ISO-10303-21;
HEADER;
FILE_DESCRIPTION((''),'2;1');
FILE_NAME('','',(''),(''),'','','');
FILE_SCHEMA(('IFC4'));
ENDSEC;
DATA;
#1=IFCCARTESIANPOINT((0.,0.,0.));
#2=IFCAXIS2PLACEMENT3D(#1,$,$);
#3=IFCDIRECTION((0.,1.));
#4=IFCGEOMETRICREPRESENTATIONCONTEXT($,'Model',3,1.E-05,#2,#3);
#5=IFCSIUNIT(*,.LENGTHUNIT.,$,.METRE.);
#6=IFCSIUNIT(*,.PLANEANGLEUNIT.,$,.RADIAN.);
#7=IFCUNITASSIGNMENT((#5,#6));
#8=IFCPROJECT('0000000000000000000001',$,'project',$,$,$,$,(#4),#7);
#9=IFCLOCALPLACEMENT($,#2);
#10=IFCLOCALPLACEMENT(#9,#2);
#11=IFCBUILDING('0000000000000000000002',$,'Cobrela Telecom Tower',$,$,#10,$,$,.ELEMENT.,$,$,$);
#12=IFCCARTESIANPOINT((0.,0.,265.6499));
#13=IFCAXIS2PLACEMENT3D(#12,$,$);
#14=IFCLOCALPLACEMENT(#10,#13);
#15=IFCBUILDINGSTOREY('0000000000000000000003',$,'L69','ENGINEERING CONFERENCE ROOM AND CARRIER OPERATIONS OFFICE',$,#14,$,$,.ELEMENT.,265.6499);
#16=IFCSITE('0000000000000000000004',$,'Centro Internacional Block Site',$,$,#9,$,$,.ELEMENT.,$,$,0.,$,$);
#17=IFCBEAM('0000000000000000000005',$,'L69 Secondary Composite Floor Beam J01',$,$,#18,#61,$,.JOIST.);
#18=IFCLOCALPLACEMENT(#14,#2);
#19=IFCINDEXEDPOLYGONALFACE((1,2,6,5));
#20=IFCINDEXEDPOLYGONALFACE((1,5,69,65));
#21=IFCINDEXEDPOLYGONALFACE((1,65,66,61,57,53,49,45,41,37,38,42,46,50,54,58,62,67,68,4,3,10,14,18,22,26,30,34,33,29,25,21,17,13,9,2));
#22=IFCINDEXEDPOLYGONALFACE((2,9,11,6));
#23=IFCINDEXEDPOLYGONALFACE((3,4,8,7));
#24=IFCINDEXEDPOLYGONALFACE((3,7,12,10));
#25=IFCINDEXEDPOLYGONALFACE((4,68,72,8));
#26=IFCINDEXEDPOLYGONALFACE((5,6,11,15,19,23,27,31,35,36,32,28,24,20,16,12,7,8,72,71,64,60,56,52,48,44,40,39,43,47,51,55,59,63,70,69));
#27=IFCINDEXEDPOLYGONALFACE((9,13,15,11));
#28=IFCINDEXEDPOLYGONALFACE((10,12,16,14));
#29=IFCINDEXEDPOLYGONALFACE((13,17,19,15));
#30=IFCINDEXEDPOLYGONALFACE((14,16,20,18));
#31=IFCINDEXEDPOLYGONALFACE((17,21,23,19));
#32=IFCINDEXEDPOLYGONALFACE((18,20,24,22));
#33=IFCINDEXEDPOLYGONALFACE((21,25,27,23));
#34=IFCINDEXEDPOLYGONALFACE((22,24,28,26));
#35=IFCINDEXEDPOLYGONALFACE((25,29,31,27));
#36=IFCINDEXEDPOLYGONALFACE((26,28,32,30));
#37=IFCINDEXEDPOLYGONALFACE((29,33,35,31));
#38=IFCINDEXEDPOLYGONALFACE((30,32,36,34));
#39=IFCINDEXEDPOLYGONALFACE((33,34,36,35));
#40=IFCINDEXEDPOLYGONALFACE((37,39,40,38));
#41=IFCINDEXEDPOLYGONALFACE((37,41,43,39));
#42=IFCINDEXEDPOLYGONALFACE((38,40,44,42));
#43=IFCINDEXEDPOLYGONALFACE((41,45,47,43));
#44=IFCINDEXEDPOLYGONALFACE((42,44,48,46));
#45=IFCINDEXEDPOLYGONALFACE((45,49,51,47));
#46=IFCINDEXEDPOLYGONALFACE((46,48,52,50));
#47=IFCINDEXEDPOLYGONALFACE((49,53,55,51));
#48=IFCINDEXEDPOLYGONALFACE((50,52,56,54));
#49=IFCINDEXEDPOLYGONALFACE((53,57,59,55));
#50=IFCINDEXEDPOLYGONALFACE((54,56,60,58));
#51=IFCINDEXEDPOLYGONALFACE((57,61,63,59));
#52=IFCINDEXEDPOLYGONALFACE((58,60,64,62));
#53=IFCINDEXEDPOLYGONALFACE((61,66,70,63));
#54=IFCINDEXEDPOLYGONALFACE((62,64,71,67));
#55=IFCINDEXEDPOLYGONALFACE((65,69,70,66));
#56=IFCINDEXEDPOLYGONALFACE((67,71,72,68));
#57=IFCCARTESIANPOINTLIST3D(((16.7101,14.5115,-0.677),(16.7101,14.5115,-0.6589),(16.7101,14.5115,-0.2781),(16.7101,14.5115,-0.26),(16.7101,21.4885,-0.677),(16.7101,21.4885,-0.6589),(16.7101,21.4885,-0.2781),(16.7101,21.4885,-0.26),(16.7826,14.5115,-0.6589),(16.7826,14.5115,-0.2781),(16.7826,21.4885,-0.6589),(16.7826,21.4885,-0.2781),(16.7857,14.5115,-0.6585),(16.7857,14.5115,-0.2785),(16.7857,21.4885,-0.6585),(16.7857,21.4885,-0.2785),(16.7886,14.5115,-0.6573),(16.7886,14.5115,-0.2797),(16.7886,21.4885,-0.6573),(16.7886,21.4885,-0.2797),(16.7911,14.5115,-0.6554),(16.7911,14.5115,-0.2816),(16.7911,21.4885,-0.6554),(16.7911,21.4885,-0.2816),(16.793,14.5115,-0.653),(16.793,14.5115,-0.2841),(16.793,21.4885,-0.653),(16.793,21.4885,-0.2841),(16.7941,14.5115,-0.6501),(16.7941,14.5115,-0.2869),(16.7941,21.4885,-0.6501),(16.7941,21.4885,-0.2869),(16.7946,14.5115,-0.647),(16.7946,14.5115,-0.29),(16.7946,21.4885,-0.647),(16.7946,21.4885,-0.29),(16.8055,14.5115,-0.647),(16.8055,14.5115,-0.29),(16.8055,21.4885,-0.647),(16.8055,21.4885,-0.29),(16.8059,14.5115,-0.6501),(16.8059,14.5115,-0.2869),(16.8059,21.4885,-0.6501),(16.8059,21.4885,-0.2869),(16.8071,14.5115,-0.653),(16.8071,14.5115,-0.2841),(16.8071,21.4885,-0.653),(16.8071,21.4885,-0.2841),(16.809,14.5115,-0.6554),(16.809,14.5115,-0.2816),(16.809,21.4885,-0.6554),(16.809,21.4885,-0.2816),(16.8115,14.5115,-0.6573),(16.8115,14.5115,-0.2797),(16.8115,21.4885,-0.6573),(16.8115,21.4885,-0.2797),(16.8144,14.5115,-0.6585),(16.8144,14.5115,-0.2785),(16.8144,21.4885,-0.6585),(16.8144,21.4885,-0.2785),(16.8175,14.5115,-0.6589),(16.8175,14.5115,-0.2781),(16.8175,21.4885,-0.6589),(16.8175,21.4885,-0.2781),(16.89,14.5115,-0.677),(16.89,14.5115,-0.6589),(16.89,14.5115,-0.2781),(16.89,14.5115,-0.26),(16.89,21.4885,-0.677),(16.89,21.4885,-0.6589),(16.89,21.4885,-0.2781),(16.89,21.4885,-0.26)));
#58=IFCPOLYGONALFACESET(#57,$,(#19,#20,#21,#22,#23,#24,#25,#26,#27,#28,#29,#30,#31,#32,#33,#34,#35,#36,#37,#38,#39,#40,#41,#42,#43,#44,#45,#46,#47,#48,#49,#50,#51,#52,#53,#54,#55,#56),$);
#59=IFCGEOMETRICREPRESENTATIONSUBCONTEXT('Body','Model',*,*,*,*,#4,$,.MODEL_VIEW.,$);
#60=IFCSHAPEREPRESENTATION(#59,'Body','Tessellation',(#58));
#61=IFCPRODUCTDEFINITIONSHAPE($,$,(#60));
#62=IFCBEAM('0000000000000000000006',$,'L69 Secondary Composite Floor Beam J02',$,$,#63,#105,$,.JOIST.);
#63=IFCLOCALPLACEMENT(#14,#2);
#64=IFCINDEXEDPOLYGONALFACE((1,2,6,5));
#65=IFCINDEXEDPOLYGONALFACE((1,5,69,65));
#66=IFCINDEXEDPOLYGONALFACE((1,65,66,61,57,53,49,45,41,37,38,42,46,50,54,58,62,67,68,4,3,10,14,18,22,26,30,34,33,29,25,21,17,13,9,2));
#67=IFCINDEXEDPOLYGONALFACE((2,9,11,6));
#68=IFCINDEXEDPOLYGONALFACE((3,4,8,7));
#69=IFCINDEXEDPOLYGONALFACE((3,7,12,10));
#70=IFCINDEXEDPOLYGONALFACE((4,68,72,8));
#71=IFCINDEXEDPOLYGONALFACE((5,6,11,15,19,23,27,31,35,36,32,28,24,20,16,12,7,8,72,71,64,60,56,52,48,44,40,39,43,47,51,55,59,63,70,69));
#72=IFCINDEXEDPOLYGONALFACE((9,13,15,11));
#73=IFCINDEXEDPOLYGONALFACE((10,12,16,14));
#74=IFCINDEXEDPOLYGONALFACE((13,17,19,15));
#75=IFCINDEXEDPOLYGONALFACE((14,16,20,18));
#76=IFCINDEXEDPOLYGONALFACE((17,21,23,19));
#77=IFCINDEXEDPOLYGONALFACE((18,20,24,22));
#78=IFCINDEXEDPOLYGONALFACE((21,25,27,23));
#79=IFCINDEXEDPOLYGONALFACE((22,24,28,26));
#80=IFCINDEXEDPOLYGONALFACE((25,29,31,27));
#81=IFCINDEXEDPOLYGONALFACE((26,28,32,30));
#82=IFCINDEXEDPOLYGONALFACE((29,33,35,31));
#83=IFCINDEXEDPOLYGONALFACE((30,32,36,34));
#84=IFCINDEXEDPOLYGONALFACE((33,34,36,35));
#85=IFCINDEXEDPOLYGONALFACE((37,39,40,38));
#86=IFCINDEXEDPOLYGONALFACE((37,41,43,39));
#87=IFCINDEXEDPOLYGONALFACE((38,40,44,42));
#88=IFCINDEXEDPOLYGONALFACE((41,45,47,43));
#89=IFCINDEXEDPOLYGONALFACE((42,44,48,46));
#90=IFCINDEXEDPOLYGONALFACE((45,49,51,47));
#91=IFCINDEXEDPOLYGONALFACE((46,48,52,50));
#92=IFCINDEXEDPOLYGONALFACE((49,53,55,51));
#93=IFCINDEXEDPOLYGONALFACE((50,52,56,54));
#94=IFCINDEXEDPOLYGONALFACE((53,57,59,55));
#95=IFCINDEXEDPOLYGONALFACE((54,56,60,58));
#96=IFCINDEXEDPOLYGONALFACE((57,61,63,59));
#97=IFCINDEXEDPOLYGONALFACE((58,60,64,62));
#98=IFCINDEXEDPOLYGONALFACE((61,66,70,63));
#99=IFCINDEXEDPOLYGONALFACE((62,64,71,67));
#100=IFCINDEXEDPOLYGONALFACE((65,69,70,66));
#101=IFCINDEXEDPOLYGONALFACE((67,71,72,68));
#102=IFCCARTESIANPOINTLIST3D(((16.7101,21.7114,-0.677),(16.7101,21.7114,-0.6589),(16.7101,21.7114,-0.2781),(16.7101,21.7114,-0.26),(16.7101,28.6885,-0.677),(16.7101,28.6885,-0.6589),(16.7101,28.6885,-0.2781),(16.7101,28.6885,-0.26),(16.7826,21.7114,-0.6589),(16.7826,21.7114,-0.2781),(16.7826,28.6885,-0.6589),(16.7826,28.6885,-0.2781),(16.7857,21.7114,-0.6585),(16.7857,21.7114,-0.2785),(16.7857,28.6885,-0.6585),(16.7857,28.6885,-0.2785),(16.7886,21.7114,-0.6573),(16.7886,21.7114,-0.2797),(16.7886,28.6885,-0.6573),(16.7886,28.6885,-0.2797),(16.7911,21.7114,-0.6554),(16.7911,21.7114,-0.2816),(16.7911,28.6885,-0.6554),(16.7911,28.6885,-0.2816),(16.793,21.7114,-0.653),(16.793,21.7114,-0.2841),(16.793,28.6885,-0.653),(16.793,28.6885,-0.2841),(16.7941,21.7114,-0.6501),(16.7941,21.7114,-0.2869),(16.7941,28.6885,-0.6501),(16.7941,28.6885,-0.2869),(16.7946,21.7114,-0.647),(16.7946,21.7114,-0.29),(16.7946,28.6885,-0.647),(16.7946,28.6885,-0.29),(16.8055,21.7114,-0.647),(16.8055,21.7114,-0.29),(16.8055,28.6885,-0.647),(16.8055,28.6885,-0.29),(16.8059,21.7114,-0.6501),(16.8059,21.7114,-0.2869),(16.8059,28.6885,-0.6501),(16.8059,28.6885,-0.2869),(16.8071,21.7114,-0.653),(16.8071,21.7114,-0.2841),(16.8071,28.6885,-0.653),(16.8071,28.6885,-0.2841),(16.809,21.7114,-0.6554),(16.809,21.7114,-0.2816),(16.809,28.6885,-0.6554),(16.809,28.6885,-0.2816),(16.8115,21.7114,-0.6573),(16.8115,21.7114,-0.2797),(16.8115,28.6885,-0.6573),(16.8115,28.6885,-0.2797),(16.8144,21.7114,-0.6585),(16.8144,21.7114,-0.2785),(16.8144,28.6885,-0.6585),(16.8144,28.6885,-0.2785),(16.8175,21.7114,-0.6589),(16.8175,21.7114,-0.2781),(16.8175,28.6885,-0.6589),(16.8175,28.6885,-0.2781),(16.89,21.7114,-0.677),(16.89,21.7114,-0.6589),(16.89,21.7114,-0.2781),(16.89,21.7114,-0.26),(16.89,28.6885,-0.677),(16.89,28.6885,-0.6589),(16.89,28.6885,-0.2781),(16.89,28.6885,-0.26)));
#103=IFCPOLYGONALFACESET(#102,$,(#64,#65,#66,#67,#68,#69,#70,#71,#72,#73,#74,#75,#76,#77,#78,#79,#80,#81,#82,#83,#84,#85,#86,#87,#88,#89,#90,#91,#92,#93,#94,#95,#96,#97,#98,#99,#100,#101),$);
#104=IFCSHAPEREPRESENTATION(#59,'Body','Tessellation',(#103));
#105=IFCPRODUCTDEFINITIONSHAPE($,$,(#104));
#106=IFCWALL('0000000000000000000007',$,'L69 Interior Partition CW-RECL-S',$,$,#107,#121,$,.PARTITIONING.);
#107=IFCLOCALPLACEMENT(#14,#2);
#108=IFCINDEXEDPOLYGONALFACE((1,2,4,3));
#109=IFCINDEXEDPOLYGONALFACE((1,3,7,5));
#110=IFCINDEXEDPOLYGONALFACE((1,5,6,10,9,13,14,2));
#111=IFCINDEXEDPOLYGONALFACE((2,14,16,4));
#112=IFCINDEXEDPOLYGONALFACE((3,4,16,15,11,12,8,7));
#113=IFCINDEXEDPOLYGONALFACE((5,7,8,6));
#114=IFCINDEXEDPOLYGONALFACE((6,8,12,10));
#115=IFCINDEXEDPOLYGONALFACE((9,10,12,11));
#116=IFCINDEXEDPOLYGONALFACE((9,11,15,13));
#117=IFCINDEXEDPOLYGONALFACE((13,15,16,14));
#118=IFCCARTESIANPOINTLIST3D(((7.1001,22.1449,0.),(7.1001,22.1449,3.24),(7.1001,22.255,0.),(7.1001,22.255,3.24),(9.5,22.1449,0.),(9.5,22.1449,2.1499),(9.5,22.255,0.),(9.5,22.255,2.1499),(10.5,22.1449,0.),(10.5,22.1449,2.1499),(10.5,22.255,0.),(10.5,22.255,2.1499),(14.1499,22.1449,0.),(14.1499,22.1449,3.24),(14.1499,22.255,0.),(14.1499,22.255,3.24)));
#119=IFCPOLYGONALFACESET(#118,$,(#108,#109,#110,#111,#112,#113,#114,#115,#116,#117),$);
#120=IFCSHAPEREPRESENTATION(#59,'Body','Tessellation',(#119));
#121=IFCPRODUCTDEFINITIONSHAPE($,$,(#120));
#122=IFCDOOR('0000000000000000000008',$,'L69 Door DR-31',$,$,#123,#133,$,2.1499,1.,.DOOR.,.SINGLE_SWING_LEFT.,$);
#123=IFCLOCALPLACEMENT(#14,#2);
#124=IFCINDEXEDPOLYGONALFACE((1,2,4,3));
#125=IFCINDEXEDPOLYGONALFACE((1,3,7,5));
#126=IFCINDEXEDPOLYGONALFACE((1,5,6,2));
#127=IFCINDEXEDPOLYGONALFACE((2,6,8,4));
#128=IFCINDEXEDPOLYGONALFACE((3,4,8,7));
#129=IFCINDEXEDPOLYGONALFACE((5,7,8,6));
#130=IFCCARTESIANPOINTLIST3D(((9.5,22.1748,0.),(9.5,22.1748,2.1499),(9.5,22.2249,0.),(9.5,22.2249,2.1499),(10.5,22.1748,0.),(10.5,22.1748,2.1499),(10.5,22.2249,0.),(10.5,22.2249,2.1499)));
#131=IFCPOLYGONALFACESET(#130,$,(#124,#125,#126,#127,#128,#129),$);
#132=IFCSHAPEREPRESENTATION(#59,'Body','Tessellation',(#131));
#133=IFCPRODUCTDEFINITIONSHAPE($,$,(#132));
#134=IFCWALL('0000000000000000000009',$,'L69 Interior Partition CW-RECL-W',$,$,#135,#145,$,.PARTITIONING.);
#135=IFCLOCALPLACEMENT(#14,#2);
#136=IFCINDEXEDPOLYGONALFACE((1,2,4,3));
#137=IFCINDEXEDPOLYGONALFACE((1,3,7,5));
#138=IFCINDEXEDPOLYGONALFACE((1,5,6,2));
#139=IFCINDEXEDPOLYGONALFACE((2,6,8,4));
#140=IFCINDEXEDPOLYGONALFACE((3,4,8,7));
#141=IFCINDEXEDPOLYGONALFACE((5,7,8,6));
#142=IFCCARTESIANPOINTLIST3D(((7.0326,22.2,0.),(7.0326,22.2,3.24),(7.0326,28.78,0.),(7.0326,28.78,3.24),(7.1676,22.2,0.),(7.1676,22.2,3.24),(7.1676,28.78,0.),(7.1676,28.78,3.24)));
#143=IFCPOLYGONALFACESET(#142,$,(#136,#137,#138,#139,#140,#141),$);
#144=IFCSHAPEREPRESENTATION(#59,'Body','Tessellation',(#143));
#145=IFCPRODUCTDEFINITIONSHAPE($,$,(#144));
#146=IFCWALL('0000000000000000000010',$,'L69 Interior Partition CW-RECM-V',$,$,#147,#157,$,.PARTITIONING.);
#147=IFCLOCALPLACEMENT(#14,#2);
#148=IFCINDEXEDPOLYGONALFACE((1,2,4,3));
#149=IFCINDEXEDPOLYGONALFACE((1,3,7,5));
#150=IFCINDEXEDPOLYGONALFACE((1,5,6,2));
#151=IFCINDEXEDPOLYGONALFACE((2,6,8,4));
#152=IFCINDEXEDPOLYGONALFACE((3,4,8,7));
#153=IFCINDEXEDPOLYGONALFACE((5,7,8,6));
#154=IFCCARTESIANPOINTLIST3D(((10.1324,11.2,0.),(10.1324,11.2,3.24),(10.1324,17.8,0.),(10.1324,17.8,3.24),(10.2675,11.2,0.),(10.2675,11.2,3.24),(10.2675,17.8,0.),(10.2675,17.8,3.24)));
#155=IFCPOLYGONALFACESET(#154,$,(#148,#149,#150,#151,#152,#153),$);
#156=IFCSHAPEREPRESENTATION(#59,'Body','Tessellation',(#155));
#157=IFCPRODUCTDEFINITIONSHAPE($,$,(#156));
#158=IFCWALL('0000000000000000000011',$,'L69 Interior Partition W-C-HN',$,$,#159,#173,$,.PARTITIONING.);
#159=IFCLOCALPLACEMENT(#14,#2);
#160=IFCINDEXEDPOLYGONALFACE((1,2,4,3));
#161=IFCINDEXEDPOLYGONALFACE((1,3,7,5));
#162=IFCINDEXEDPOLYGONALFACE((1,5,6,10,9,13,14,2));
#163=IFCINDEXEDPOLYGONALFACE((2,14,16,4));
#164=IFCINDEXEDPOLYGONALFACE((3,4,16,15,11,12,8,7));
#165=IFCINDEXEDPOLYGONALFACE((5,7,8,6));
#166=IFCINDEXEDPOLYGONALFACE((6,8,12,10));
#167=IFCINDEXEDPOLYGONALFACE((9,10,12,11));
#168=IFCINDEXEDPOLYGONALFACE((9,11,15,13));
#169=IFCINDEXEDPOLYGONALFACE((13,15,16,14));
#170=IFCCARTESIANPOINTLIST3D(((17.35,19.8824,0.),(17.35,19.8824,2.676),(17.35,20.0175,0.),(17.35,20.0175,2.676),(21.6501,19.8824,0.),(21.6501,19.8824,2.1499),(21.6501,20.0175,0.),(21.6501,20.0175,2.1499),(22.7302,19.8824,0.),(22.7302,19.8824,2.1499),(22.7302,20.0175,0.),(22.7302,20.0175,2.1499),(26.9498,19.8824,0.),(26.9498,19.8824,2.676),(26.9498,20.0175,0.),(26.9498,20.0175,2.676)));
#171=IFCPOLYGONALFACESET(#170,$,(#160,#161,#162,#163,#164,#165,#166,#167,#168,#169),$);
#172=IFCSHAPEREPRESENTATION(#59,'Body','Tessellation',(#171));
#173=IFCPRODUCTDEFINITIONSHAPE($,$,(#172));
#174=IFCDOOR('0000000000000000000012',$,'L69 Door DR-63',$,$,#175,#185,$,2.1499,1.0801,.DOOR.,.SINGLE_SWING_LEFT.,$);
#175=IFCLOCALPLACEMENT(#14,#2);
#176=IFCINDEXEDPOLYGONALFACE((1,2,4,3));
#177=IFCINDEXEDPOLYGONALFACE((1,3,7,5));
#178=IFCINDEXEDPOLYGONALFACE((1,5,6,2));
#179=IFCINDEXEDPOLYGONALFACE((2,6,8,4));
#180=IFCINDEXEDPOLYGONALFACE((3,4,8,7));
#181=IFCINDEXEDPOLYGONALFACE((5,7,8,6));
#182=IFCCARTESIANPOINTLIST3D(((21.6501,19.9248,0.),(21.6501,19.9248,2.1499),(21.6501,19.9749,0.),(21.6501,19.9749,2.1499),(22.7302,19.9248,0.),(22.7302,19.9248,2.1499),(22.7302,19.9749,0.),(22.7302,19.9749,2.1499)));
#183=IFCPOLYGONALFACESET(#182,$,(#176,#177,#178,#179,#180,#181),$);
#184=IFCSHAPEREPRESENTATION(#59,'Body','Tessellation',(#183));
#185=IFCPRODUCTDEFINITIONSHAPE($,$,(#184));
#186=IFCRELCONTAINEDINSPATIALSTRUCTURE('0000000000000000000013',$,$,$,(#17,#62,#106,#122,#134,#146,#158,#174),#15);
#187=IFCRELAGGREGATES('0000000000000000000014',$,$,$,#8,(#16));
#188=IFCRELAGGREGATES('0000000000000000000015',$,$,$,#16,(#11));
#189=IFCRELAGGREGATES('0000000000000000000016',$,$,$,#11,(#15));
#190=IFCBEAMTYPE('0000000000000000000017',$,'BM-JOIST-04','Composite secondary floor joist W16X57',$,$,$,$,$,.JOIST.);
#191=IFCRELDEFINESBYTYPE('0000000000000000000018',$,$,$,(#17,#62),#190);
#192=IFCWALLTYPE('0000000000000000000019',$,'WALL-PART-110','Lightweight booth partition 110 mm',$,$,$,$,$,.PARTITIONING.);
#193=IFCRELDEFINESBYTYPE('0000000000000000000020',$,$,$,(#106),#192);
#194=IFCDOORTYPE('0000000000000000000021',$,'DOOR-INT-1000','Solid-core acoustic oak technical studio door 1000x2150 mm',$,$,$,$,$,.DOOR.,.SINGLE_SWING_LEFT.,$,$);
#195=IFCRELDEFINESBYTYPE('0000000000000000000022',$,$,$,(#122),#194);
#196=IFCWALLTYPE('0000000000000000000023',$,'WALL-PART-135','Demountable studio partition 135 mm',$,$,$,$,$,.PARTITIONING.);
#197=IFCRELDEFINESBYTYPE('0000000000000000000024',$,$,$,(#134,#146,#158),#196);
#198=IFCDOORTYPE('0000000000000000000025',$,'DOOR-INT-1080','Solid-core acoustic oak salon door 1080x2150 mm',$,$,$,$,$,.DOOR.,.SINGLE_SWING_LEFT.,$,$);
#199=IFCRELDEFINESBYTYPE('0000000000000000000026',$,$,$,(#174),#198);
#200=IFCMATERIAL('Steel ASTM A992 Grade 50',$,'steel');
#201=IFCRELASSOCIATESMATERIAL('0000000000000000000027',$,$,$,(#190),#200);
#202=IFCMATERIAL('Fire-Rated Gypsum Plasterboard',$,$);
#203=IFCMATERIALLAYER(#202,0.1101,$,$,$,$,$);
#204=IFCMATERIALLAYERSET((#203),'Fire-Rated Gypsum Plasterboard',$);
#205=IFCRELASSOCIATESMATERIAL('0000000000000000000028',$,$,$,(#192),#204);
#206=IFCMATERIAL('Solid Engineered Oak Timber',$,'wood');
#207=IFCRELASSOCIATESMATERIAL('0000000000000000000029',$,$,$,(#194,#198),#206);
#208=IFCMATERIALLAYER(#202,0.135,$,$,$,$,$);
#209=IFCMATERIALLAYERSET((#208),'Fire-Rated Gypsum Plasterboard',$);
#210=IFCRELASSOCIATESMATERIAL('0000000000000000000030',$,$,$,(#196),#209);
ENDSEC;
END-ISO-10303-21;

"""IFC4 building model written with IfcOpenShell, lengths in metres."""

from ifc_helpers import new_model, si_unit, direction, frame, frame_2d, origin, origin_2d, place, context, subcontext, project, spatial, rectangle, i_section, extrude, material, layer, layer_set, material_profile, profile_set, type_object, element, fill, save


model = new_model("IFC4")

# Units and contexts
model_context = context("Model", 3, precision=1e-05, world=origin(), true_north=direction((0.0, 1.0)))
body_context = subcontext(model_context, "Body", "Model", "MODEL_VIEW")
ifc_project = project(units=[si_unit("LENGTHUNIT", "METRE"), si_unit("PLANEANGLEUNIT", "RADIAN")], contexts=[model_context])

# Site, building, storey
site_placement = place(None, origin())
site = spatial("IfcSite", under=ifc_project, at=site_placement, Name="Centro Internacional Block Site", CompositionType="ELEMENT", RefElevation=0.0)
building_placement = place(site_placement, origin())
building = spatial("IfcBuilding", under=site, at=building_placement, Name="Cobrela Telecom Tower", CompositionType="ELEMENT")
storey_placement = place(building_placement, frame((0.0, 0.0, 265.6499)))
storey = spatial("IfcBuildingStorey", under=building, at=storey_placement, Name="L69", Description="ENGINEERING CONFERENCE ROOM AND CARRIER OPERATIONS OFFICE", CompositionType="ELEMENT", Elevation=265.6499)

# Beams
ifc_material_1 = material(Name="Steel ASTM A992 Grade 50", Category="steel")
ifc_material_profile_1 = material_profile(ifc_material_1, i_section(OverallWidth=0.1799, OverallDepth=0.417, WebThickness=0.011, FlangeThickness=0.0181, FilletRadius=0.012, at=origin_2d()), Name="W16X57")
ifc_profile_set_1 = profile_set([ifc_material_profile_1], Name="Steel ASTM A992 Grade 50")
beam_type_1 = type_object("IfcBeamType", Name="BM-JOIST-04", Description="Composite secondary floor joist W16X57", PredefinedType="JOIST", material=ifc_profile_set_1)
for number, where, z_axis, x_axis, name in (
    (1, (16.8, 14.5115, -0.4685), (0.0, 1.0, 0.0), (-1.0, 0.0, 0.0), "L69 Secondary Composite Floor Beam J01"),
    (2, (16.8, 21.7114, -0.4685), (0.0, 1.0, 0.0), (-1.0, 0.0, 0.0), "L69 Secondary Composite Floor Beam J02"),
):
    element("IfcBeam", number, at=place(storey_placement, frame(where, z_axis=z_axis, x_axis=x_axis)), inside=storey, type_object=beam_type_1, Name=name, PredefinedType="JOIST", context=body_context, shape_type="SweptSolid", body=[
        extrude(i_section(OverallWidth=0.1799, OverallDepth=0.417, WebThickness=0.011, FlangeThickness=0.0181, FilletRadius=0.012, at=origin_2d()), origin(), (0.0, 0.0, 1.0), 6.9771),
    ])

# Wall, opening, door
ifc_material_2 = material(Name="Fire-Rated Gypsum Plasterboard")
ifc_layer_1 = layer(ifc_material_2, 0.1101)
ifc_layer_set_1 = layer_set([ifc_layer_1], Name="Fire-Rated Gypsum Plasterboard")
wall_type_1 = type_object("IfcWallType", Name="WALL-PART-110", Description="Lightweight booth partition 110 mm", PredefinedType="PARTITIONING", material=ifc_layer_set_1)
wall_1_placement = place(storey_placement, frame((7.1001, 22.2, 0.0), z_axis=(0.0, 0.0, 1.0), x_axis=(1.0, 0.0, 0.0)))
wall_1 = element("IfcWall", 3, at=wall_1_placement, inside=storey, type_object=wall_type_1, Name="L69 Interior Partition CW-RECL-S", PredefinedType="PARTITIONING", context=body_context, shape_type="SweptSolid", body=[
    extrude(rectangle(XDim=7.0498, YDim=0.1101, at=frame_2d((3.5249, 0.0))), origin(), (0.0, 0.0, 1.0), 3.24),
])
opening_1_placement = place(wall_1_placement, frame((2.3999, 0.0, 0.0)))
opening_1 = element("IfcOpeningElement", 4, at=opening_1_placement, cuts=wall_1, PredefinedType="OPENING", context=body_context, shape_type="SweptSolid", body=[
    extrude(rectangle(XDim=1.0, YDim=2.1499, at=frame_2d((0.5, 1.075))), frame((0.0, 0.0669, 0.0), z_axis=(0.0, -1.0, 0.0), x_axis=(1.0, 0.0, 0.0)), (0.0, 0.0, 1.0), 0.134),
])
ifc_material_3 = material(Name="Solid Engineered Oak Timber", Category="wood")
door_type_1 = type_object("IfcDoorType", Name="DOOR-INT-1000", Description="Solid-core acoustic oak technical studio door 1000x2150 mm", OperationType="SINGLE_SWING_LEFT", PredefinedType="DOOR", material=ifc_material_3)
door_1_placement = place(opening_1_placement, origin())
door_1 = element("IfcDoor", 5, at=door_1_placement, inside=storey, type_object=door_type_1, Name="L69 Door DR-31", OperationType="SINGLE_SWING_LEFT", OverallHeight=2.1499, OverallWidth=1.0, PredefinedType="DOOR", context=body_context, shape_type="SweptSolid", body=[
    extrude(rectangle(XDim=1.0, YDim=2.1499, at=frame_2d((0.5, 1.075))), frame((0.0, 0.0249, 0.0), z_axis=(0.0, -1.0, 0.0), x_axis=(1.0, 0.0, 0.0)), (0.0, 0.0, 1.0), 0.05),
])
fill(opening_1, door_1)

# Walls
ifc_layer_2 = layer(ifc_material_2, 0.135)
ifc_layer_set_2 = layer_set([ifc_layer_2], Name="Fire-Rated Gypsum Plasterboard")
wall_type_2 = type_object("IfcWallType", Name="WALL-PART-135", Description="Demountable studio partition 135 mm", PredefinedType="PARTITIONING", material=ifc_layer_set_2)
wall_2_placement = place(storey_placement, frame((7.1001, 22.2, 0.0), z_axis=(0.0, 0.0, 1.0), x_axis=(0.0, 1.0, 0.0)))
element("IfcWall", 6, at=wall_2_placement, inside=storey, type_object=wall_type_2, Name="L69 Interior Partition CW-RECL-W", PredefinedType="PARTITIONING", context=body_context, shape_type="SweptSolid", body=[
    extrude(rectangle(XDim=6.5801, YDim=0.135, at=frame_2d((3.29, 0.0))), origin(), (0.0, 0.0, 1.0), 3.24),
])
wall_3_placement = place(storey_placement, frame((10.2, 11.2, 0.0), z_axis=(0.0, 0.0, 1.0), x_axis=(0.0, 1.0, 0.0)))
element("IfcWall", 7, at=wall_3_placement, inside=storey, type_object=wall_type_2, Name="L69 Interior Partition CW-RECM-V", PredefinedType="PARTITIONING", context=body_context, shape_type="SweptSolid", body=[
    extrude(rectangle(XDim=6.6001, YDim=0.135, at=frame_2d((3.3, 0.0))), origin(), (0.0, 0.0, 1.0), 3.24),
])

# Wall, opening, door
wall_4_placement = place(storey_placement, frame((17.3501, 19.95, 0.0), z_axis=(0.0, 0.0, 1.0), x_axis=(1.0, 0.0, 0.0)))
wall_4 = element("IfcWall", 8, at=wall_4_placement, inside=storey, type_object=wall_type_2, Name="L69 Interior Partition W-C-HN", PredefinedType="PARTITIONING", context=body_context, shape_type="SweptSolid", body=[
    extrude(rectangle(XDim=9.5999, YDim=0.135, at=frame_2d((4.7998, 0.0))), origin(), (0.0, 0.0, 1.0), 2.676),
])
opening_2_placement = place(wall_4_placement, frame((4.3, 0.0, 0.0)))
opening_2 = element("IfcOpeningElement", 9, at=opening_2_placement, cuts=wall_4, PredefinedType="OPENING", context=body_context, shape_type="SweptSolid", body=[
    extrude(rectangle(XDim=1.0801, YDim=2.1499, at=frame_2d((0.54, 1.075))), frame((0.0, 0.0796, 0.0), z_axis=(0.0, -1.0, 0.0), x_axis=(1.0, 0.0, 0.0)), (0.0, 0.0, 1.0), 0.1589),
])
door_type_2 = type_object("IfcDoorType", Name="DOOR-INT-1080", Description="Solid-core acoustic oak salon door 1080x2150 mm", OperationType="SINGLE_SWING_LEFT", PredefinedType="DOOR", material=ifc_material_3)
door_2_placement = place(opening_2_placement, origin())
door_2 = element("IfcDoor", 10, at=door_2_placement, inside=storey, type_object=door_type_2, Name="L69 Door DR-63", OperationType="SINGLE_SWING_LEFT", OverallHeight=2.1499, OverallWidth=1.0801, PredefinedType="DOOR", context=body_context, shape_type="SweptSolid", body=[
    extrude(rectangle(XDim=1.0801, YDim=2.1499, at=frame_2d((0.54, 1.075))), frame((0.0, 0.0249, 0.0), z_axis=(0.0, -1.0, 0.0), x_axis=(1.0, 0.0, 0.0)), (0.0, 0.0, 1.0), 0.05),
])
fill(opening_2, door_2)

save(model, "model.ifc")
